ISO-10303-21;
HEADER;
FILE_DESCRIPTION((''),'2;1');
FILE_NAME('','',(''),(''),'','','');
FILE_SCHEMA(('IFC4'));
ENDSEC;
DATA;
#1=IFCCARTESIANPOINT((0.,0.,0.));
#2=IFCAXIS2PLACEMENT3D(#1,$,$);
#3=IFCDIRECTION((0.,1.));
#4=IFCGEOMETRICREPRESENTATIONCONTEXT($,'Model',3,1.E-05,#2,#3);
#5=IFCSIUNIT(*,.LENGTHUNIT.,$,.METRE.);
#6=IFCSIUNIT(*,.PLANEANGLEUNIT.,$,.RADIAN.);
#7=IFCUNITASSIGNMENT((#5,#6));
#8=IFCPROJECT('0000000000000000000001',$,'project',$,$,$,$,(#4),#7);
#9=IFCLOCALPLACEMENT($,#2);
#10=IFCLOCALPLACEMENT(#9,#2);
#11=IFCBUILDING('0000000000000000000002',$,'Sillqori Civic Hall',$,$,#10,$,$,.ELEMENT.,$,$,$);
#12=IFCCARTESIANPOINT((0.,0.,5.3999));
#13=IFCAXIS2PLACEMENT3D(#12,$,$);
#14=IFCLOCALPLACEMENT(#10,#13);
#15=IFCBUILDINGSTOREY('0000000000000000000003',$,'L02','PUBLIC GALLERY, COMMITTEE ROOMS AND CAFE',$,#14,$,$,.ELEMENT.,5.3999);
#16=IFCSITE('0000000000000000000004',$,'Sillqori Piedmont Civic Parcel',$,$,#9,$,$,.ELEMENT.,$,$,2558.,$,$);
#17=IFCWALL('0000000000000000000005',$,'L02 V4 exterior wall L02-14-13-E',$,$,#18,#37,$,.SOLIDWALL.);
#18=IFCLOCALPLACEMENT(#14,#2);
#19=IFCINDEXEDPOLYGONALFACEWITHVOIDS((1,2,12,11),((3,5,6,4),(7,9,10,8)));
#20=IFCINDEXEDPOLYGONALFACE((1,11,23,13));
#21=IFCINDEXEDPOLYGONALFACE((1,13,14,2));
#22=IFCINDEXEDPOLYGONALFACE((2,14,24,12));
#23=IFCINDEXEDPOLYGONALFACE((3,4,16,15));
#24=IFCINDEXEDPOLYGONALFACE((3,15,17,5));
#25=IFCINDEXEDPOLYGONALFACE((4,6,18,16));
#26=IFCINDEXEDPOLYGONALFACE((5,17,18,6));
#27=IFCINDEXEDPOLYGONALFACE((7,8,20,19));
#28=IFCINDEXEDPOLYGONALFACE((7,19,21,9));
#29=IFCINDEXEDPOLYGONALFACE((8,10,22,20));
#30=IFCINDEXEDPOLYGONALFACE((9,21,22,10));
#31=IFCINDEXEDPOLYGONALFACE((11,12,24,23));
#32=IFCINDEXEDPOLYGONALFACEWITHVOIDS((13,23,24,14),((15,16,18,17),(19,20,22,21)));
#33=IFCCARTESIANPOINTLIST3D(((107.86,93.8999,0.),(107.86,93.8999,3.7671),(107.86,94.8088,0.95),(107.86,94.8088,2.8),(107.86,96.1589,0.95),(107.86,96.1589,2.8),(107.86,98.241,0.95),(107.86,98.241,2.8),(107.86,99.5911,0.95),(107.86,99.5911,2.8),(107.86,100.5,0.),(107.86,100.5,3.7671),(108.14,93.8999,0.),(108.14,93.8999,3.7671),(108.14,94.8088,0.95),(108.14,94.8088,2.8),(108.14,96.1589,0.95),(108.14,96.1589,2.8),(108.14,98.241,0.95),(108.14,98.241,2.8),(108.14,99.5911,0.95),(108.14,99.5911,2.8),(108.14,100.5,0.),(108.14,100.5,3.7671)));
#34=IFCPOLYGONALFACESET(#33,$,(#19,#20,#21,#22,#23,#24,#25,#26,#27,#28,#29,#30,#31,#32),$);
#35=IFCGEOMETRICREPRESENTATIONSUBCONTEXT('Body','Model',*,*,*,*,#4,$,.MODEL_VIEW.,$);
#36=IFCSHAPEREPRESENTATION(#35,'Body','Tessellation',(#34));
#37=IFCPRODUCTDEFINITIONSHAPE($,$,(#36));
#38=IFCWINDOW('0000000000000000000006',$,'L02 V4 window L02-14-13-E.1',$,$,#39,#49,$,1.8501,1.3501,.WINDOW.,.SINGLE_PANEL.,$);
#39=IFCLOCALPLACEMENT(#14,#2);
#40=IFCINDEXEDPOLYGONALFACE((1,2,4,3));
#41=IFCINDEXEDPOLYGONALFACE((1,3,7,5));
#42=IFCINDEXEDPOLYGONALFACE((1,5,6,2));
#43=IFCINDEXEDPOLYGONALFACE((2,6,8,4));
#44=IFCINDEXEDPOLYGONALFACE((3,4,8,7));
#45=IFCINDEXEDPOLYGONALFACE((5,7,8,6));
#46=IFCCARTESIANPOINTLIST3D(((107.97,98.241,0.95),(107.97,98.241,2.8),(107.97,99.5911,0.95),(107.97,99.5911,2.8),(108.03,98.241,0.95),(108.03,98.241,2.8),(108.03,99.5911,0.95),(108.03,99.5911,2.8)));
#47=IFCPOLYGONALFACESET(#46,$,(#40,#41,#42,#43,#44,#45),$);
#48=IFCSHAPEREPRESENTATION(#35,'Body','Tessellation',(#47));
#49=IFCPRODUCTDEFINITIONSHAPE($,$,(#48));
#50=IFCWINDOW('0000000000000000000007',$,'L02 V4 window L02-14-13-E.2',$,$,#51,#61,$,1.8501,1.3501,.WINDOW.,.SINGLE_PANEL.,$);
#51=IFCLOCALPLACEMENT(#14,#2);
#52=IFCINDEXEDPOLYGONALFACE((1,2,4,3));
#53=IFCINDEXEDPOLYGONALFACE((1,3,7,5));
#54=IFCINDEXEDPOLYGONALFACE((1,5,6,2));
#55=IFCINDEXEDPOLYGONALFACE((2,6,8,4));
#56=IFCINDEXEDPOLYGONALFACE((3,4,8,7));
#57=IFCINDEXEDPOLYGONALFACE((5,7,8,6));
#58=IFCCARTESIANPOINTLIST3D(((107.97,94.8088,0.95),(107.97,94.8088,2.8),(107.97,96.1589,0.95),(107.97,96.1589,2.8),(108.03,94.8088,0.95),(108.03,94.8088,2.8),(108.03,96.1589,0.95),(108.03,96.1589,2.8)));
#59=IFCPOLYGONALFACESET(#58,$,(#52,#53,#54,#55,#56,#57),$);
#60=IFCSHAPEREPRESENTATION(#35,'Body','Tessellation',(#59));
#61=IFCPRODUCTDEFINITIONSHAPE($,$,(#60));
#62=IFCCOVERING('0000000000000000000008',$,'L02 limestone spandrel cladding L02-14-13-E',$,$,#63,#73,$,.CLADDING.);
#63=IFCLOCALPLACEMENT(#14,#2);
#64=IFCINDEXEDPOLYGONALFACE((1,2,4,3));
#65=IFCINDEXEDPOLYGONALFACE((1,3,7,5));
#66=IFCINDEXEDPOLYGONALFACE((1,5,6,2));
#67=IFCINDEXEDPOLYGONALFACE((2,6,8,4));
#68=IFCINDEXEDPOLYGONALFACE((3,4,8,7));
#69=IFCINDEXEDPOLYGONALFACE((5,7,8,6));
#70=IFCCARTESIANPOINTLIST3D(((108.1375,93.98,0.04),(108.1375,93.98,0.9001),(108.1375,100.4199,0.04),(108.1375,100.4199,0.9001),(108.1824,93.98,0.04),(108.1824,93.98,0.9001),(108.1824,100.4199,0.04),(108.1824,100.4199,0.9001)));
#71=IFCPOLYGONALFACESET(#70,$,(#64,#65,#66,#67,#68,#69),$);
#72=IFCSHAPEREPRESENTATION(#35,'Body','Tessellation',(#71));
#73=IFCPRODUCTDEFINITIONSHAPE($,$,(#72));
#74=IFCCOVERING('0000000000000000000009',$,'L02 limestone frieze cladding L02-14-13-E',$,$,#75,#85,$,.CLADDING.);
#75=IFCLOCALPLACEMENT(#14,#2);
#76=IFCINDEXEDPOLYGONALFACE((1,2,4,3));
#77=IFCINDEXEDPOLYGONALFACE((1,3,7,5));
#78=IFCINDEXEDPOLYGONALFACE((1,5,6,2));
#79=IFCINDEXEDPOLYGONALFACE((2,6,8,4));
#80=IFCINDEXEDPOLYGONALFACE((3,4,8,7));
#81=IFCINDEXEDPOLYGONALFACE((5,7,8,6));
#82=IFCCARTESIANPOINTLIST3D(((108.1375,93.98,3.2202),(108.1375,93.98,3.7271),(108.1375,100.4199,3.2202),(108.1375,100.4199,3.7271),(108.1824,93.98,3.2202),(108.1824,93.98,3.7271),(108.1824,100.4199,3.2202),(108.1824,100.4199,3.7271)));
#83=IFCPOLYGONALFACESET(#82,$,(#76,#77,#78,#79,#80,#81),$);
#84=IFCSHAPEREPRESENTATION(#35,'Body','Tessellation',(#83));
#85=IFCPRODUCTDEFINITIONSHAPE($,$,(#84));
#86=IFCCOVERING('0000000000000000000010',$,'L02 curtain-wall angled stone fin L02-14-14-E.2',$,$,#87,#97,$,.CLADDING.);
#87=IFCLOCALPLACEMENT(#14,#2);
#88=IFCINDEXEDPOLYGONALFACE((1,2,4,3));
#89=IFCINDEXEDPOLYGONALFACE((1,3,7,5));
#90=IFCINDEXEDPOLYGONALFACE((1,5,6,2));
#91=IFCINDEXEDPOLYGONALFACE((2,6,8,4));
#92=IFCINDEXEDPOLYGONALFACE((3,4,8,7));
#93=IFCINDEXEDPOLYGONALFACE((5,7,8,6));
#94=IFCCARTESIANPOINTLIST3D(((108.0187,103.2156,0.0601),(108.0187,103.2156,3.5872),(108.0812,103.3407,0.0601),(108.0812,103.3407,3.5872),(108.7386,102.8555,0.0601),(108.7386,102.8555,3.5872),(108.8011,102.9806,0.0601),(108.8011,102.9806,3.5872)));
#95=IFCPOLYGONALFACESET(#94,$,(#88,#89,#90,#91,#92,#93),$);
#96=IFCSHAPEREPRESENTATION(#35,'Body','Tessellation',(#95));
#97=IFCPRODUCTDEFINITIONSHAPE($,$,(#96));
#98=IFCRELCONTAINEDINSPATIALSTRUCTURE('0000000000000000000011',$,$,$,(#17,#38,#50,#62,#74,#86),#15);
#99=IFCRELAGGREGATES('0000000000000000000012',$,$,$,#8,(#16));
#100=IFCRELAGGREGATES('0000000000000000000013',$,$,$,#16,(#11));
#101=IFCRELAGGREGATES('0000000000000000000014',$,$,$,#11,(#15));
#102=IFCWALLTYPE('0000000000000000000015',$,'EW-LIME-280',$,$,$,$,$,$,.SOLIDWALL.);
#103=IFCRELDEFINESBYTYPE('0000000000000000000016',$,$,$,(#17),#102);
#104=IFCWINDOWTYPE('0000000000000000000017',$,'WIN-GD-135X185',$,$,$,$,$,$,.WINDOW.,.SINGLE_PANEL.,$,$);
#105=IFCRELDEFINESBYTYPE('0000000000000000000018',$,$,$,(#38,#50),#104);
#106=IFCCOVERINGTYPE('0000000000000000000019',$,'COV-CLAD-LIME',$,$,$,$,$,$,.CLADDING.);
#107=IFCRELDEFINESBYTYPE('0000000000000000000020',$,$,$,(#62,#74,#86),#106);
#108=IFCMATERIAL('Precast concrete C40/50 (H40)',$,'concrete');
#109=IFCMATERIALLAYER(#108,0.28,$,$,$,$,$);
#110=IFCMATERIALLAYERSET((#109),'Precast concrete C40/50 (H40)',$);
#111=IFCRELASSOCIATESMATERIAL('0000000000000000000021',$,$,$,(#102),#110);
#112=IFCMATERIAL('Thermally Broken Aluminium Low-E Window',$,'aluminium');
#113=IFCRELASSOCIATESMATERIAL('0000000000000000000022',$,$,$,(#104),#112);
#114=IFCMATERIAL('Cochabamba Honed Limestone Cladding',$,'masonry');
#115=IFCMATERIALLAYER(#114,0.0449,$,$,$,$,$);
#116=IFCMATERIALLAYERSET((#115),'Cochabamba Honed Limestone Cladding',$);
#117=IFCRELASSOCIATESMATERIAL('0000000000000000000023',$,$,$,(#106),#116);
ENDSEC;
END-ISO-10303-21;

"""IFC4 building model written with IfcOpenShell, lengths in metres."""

from ifc_helpers import new_model, si_unit, direction, frame, frame_2d, origin, place, context, subcontext, project, spatial, rectangle, extrude, material, layer, layer_set, type_object, element, fill, save


model = new_model("IFC4")

# Units and contexts
model_context = context("Model", 3, precision=1e-05, world=origin(), true_north=direction((0.0, 1.0)))
body_context = subcontext(model_context, "Body", "Model", "MODEL_VIEW")
ifc_project = project(units=[si_unit("LENGTHUNIT", "METRE"), si_unit("PLANEANGLEUNIT", "RADIAN")], contexts=[model_context])

# Site, building, storey
site_placement = place(None, origin())
site = spatial("IfcSite", under=ifc_project, at=site_placement, Name="Sillqori Piedmont Civic Parcel", CompositionType="ELEMENT", RefElevation=2558.0)
building_placement = place(site_placement, origin())
building = spatial("IfcBuilding", under=site, at=building_placement, Name="Sillqori Civic Hall", CompositionType="ELEMENT")
storey_placement = place(building_placement, frame((0.0, 0.0, 5.3999)))
storey = spatial("IfcBuildingStorey", under=building, at=storey_placement, Name="L02", Description="PUBLIC GALLERY, COMMITTEE ROOMS AND CAFE", CompositionType="ELEMENT", Elevation=5.3999)

# Wall, openings, windows
ifc_material_1 = material(Name="Precast concrete C40/50 (H40)", Category="concrete")
ifc_layer_1 = layer(ifc_material_1, 0.28)
ifc_layer_set_1 = layer_set([ifc_layer_1], Name="Precast concrete C40/50 (H40)")
wall_type = type_object("IfcWallType", Name="EW-LIME-280", PredefinedType="SOLIDWALL", material=ifc_layer_set_1)
wall_placement = place(storey_placement, frame((108.0, 100.5, 0.0), z_axis=(0.0, 0.0, 1.0), x_axis=(0.0, -1.0, 0.0)))
wall = element("IfcWall", 1, at=wall_placement, inside=storey, type_object=wall_type, Name="L02 V4 exterior wall L02-14-13-E", PredefinedType="SOLIDWALL", context=body_context, shape_type="SweptSolid", body=[
    extrude(rectangle(XDim=6.6001, YDim=0.28, at=frame_2d((3.3, 0.0))), origin(), (0.0, 0.0, 1.0), 3.7671),
])
opening_1_placement = place(wall_placement, frame((0.9089, 0.0, 0.95)))
opening_1 = element("IfcOpeningElement", 2, at=opening_1_placement, cuts=wall, PredefinedType="OPENING", context=body_context, shape_type="SweptSolid", body=[
    extrude(rectangle(XDim=1.3501, YDim=1.8501, at=frame_2d((0.675, 0.925))), frame((0.0, 0.1499, 0.0), z_axis=(0.0, -1.0, 0.0), x_axis=(1.0, 0.0, 0.0)), (0.0, 0.0, 1.0), 0.3),
])
opening_2_placement = place(wall_placement, frame((4.3411, 0.0, 0.95)))
opening_2 = element("IfcOpeningElement", 3, at=opening_2_placement, cuts=wall, PredefinedType="OPENING", context=body_context, shape_type="SweptSolid", body=[
    extrude(rectangle(XDim=1.3501, YDim=1.8501, at=frame_2d((0.675, 0.925))), frame((0.0, 0.1499, 0.0), z_axis=(0.0, -1.0, 0.0), x_axis=(1.0, 0.0, 0.0)), (0.0, 0.0, 1.0), 0.3),
])
ifc_material_2 = material(Name="Thermally Broken Aluminium Low-E Window", Category="aluminium")
window_type = type_object("IfcWindowType", Name="WIN-GD-135X185", PartitioningType="SINGLE_PANEL", PredefinedType="WINDOW", material=ifc_material_2)
window_1_placement = place(opening_1_placement, origin())
window_1 = element("IfcWindow", 4, at=window_1_placement, inside=storey, type_object=window_type, Name="L02 V4 window L02-14-13-E.1", OverallHeight=1.8501, OverallWidth=1.3501, PartitioningType="SINGLE_PANEL", PredefinedType="WINDOW", context=body_context, shape_type="SweptSolid", body=[
    extrude(rectangle(XDim=1.3501, YDim=1.8501, at=frame_2d((0.675, 0.925))), frame((0.0, 0.03, 0.0), z_axis=(0.0, -1.0, 0.0), x_axis=(1.0, 0.0, 0.0)), (0.0, 0.0, 1.0), 0.0601),
])
fill(opening_1, window_1)
window_2_placement = place(opening_2_placement, origin())
window_2 = element("IfcWindow", 5, at=window_2_placement, inside=storey, type_object=window_type, Name="L02 V4 window L02-14-13-E.2", OverallHeight=1.8501, OverallWidth=1.3501, PartitioningType="SINGLE_PANEL", PredefinedType="WINDOW", context=body_context, shape_type="SweptSolid", body=[
    extrude(rectangle(XDim=1.3501, YDim=1.8501, at=frame_2d((0.675, 0.925))), frame((0.0, 0.03, 0.0), z_axis=(0.0, -1.0, 0.0), x_axis=(1.0, 0.0, 0.0)), (0.0, 0.0, 1.0), 0.0601),
])
fill(opening_2, window_2)

# Coverings
ifc_material_3 = material(Name="Cochabamba Honed Limestone Cladding", Category="masonry")
ifc_layer_2 = layer(ifc_material_3, 0.0449)
ifc_layer_set_2 = layer_set([ifc_layer_2], Name="Cochabamba Honed Limestone Cladding")
covering_type = type_object("IfcCoveringType", Name="COV-CLAD-LIME", PredefinedType="CLADDING", material=ifc_layer_set_2)
covering_1_placement = place(storey_placement, frame((108.1599, 100.4199, 0.04), z_axis=(0.0, 0.0, 1.0), x_axis=(0.0, -1.0, 0.0)))
element("IfcCovering", 6, at=covering_1_placement, inside=storey, type_object=covering_type, Name="L02 limestone spandrel cladding L02-14-13-E", PredefinedType="CLADDING", context=body_context, shape_type="SweptSolid", body=[
    extrude(rectangle(XDim=6.4399, YDim=0.0449, at=frame_2d((3.22, 0.0))), origin(), (0.0, 0.0, 1.0), 0.8601),
])
covering_2_placement = place(storey_placement, frame((108.1599, 100.4199, 3.2202), z_axis=(0.0, 0.0, 1.0), x_axis=(0.0, -1.0, 0.0)))
element("IfcCovering", 7, at=covering_2_placement, inside=storey, type_object=covering_type, Name="L02 limestone frieze cladding L02-14-13-E", PredefinedType="CLADDING", context=body_context, shape_type="SweptSolid", body=[
    extrude(rectangle(XDim=6.4399, YDim=0.0449, at=frame_2d((3.22, 0.0))), origin(), (0.0, 0.0, 1.0), 0.5068),
])
covering_3_placement = place(storey_placement, frame((108.05, 103.2781, 0.0601), z_axis=(0.0, 0.0, 1.0), x_axis=(0.894367, -0.447335, 0.0)))
element("IfcCovering", 8, at=covering_3_placement, inside=storey, type_object=covering_type, Name="L02 curtain-wall angled stone fin L02-14-14-E.2", PredefinedType="CLADDING", context=body_context, shape_type="SweptSolid", body=[
    extrude(rectangle(XDim=0.8049, YDim=0.1399, at=frame_2d((0.4023, 0.0))), origin(), (0.0, 0.0, 1.0), 3.5271),
])

save(model, "model.ifc")
